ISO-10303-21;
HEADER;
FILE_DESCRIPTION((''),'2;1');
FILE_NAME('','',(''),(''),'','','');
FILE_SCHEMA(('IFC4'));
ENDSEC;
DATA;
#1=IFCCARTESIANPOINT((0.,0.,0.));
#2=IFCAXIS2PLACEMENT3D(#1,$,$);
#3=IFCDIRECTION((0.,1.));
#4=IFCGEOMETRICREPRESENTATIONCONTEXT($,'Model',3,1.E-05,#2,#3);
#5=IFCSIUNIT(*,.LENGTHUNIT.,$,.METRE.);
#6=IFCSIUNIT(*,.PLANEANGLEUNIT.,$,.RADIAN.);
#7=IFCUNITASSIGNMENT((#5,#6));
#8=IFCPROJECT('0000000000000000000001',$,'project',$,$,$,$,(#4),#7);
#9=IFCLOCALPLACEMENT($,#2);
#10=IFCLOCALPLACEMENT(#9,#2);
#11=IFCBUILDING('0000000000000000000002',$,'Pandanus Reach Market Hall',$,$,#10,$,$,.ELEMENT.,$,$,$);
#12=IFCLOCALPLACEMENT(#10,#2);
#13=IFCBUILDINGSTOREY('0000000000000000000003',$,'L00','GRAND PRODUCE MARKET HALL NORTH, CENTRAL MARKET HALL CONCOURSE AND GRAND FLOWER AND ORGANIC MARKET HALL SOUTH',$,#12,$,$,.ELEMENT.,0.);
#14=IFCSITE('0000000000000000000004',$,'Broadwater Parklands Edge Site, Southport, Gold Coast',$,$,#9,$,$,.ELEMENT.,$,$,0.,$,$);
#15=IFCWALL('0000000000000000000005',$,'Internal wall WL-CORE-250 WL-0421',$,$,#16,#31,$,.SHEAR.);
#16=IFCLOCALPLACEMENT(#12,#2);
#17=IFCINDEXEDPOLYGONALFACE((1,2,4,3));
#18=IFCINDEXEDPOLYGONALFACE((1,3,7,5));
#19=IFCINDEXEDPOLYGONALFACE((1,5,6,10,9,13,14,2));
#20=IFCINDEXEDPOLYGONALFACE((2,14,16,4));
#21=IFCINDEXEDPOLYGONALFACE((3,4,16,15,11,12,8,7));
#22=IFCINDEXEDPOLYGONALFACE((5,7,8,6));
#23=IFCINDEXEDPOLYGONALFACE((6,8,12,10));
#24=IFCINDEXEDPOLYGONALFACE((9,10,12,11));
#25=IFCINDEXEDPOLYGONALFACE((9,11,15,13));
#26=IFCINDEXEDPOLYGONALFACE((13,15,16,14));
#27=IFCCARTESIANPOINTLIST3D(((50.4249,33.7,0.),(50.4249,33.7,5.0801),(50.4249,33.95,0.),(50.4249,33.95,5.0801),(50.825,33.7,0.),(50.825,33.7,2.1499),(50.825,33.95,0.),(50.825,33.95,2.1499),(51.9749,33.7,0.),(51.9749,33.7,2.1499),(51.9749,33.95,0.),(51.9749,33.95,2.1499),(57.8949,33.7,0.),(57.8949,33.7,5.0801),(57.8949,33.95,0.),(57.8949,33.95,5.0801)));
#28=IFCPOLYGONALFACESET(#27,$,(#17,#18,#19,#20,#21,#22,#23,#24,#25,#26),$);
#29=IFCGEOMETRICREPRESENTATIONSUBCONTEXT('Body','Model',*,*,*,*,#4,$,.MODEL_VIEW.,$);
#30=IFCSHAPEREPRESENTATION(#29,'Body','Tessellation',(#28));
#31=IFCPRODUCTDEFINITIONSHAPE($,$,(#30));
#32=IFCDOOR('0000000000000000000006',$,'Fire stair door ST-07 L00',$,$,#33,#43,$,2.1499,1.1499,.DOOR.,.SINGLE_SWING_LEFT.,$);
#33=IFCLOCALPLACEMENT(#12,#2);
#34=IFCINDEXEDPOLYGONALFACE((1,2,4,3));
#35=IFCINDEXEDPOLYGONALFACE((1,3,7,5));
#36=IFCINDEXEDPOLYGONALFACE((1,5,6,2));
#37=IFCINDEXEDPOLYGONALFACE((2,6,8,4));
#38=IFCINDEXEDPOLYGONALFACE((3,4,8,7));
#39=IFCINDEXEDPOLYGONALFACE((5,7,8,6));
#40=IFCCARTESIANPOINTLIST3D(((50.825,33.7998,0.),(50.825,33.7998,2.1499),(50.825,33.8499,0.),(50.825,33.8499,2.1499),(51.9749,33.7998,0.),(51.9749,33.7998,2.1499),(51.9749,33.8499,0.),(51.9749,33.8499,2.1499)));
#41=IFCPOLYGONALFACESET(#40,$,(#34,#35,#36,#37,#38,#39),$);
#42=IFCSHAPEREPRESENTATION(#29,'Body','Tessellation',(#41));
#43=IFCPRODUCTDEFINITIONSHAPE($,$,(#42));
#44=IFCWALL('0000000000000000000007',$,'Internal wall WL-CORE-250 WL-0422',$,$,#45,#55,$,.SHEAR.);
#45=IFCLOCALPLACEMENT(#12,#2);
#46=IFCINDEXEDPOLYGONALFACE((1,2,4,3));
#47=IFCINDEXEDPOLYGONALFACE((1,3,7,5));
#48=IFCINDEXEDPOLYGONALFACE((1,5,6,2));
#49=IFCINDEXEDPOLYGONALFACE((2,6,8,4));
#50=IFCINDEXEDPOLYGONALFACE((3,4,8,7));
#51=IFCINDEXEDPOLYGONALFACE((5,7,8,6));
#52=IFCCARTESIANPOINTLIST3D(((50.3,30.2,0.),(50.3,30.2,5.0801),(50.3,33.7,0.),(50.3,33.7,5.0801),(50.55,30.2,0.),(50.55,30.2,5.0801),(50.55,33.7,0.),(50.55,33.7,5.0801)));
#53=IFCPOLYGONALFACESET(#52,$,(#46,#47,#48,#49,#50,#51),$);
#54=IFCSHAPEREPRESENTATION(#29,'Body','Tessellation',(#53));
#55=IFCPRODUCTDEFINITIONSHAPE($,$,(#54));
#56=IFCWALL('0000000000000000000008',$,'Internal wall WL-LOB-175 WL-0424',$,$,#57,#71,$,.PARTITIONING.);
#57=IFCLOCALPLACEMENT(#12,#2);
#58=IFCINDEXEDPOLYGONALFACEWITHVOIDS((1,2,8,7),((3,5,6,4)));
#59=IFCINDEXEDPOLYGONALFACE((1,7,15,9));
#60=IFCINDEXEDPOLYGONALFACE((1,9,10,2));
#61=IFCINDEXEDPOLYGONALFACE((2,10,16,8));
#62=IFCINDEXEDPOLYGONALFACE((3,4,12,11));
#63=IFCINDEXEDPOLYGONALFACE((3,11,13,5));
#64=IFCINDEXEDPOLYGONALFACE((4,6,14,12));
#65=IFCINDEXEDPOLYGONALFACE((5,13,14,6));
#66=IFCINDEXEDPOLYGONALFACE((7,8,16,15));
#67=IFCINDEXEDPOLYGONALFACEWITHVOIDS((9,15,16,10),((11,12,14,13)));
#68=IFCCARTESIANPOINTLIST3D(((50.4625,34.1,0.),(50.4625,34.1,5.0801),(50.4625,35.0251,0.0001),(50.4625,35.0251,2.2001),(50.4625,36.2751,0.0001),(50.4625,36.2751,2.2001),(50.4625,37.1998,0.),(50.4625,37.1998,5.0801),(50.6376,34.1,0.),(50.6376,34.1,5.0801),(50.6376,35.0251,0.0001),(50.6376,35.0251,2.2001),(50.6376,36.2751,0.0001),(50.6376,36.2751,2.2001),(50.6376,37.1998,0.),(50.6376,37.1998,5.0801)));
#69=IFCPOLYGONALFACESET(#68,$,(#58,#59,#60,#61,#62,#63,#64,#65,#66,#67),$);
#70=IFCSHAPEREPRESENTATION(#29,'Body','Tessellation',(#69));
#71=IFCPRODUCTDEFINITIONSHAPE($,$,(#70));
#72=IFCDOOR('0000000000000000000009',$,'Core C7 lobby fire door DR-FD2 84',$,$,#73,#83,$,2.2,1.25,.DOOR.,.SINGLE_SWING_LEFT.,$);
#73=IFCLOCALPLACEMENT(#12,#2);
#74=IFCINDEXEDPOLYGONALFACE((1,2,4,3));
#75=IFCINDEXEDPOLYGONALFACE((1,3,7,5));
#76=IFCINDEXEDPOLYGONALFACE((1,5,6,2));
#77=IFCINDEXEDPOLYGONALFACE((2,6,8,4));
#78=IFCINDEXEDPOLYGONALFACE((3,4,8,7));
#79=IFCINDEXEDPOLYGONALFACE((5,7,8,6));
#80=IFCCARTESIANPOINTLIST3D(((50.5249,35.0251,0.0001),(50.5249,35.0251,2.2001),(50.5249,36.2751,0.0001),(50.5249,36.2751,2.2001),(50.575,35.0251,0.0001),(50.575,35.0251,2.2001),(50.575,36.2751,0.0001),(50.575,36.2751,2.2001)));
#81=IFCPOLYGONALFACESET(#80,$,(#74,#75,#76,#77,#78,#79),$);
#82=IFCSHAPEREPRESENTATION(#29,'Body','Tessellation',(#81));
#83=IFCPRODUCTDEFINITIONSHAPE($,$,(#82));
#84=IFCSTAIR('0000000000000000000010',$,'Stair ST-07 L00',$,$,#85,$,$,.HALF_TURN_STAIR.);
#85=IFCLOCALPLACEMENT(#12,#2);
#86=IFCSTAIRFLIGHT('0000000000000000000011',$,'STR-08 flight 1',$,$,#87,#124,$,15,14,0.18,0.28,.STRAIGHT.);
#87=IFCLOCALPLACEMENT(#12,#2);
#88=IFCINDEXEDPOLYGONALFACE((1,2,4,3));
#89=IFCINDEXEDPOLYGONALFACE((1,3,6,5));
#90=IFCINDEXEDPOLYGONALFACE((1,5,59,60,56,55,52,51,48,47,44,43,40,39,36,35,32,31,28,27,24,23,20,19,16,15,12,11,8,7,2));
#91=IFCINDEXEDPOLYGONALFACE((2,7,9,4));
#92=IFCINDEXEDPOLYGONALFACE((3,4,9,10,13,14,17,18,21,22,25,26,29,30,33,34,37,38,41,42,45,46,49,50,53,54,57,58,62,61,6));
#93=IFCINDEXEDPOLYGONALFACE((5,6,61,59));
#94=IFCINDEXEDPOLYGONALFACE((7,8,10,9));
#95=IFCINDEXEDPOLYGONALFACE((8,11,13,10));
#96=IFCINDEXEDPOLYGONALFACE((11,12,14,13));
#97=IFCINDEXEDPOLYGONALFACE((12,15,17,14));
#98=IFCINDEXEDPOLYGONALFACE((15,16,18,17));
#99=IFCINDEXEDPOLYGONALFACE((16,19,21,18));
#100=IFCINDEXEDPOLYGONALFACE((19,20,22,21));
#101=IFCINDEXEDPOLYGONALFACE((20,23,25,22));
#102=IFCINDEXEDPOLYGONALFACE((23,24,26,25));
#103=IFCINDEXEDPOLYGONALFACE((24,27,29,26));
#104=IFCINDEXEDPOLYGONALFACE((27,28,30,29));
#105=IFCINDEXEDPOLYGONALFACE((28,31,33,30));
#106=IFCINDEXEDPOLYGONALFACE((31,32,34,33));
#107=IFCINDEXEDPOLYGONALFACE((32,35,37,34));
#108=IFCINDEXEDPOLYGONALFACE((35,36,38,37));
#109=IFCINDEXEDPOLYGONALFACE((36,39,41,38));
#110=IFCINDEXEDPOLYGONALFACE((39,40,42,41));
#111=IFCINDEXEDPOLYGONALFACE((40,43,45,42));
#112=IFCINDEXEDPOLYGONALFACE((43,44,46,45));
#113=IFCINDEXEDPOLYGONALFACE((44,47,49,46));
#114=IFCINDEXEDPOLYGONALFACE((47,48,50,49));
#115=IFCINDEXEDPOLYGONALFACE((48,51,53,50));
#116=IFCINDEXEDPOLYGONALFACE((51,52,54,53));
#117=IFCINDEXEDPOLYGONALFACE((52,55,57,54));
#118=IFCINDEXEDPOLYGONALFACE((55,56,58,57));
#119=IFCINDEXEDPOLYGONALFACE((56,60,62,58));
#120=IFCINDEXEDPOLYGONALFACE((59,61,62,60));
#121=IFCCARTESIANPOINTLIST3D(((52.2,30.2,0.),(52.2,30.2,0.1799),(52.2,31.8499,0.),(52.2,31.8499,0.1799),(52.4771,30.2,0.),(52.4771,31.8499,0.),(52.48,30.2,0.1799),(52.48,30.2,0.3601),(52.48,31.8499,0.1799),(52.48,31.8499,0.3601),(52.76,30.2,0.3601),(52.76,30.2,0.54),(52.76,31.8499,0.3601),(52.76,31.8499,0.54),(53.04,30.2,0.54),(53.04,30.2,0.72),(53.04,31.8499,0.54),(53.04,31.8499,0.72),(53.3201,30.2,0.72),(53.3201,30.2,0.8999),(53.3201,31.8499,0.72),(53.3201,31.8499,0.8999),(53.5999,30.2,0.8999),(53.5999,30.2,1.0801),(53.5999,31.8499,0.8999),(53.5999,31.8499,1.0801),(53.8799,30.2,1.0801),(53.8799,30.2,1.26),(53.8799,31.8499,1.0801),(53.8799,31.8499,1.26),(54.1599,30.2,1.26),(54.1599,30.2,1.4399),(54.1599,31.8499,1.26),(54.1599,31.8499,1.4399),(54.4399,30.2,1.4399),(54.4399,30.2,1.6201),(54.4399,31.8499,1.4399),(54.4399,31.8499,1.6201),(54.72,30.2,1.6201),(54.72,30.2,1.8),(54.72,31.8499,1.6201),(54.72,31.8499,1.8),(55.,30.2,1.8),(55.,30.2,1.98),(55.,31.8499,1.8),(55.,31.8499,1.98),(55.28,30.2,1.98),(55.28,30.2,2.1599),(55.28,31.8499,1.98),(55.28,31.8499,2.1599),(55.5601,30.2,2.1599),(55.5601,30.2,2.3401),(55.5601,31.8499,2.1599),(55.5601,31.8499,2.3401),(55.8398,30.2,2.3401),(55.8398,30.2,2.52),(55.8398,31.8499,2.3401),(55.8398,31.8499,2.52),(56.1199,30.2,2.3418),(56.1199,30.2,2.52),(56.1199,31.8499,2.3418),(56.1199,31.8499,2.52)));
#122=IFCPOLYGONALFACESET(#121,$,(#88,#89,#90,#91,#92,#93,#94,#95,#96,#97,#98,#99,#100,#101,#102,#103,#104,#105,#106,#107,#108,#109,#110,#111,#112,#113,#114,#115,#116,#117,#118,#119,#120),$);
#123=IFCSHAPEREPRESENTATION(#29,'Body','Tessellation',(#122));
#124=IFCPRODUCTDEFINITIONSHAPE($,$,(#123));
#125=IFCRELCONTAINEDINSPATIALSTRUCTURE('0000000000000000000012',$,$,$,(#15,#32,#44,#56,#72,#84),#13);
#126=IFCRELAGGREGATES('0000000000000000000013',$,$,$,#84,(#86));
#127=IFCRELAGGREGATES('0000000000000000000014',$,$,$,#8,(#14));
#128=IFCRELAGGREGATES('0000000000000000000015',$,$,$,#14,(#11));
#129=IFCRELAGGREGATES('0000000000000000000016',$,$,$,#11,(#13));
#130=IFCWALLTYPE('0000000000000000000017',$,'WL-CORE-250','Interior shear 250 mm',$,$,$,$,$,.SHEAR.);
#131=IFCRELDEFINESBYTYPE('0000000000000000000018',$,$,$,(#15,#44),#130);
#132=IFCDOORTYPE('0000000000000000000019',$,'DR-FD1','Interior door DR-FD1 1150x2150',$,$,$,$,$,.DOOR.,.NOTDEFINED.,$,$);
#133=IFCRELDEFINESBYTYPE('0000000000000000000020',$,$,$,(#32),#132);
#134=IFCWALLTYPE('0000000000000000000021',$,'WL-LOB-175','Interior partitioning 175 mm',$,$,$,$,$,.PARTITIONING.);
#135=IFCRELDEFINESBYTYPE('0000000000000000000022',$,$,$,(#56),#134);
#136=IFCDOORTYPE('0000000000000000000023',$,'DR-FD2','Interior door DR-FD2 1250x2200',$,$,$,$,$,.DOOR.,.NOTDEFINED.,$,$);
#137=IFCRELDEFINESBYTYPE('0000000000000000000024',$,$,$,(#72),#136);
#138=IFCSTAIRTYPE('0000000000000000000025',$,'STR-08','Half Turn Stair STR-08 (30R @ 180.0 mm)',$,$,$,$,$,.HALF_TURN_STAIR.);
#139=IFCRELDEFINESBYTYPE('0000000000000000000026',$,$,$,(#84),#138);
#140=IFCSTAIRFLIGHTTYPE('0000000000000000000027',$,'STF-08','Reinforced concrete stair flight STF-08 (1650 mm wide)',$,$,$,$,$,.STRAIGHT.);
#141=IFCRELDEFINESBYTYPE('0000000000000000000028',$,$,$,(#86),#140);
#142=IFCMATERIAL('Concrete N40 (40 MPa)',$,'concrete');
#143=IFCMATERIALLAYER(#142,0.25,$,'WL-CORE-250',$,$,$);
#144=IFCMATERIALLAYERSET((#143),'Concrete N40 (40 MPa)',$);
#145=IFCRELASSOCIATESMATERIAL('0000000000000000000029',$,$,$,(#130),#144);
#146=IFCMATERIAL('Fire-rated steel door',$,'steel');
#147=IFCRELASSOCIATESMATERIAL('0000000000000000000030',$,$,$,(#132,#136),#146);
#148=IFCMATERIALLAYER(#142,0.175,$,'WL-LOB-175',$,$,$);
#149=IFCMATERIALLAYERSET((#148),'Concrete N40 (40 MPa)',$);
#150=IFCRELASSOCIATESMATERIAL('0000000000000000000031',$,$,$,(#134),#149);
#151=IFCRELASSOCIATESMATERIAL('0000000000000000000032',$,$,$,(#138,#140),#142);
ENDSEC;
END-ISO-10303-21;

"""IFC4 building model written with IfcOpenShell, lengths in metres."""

from ifc_helpers import new_model, si_unit, direction, frame, frame_2d, origin, place, context, subcontext, project, spatial, polyline, rectangle, outline, extrude, material, layer, layer_set, type_object, element, fill, aggregate, save


model = new_model("IFC4")

# Units and contexts
model_context = context("Model", 3, precision=1e-05, world=origin(), true_north=direction((0.0, 1.0)))
body_context = subcontext(model_context, "Body", "Model", "MODEL_VIEW")
ifc_project = project(units=[si_unit("LENGTHUNIT", "METRE"), si_unit("PLANEANGLEUNIT", "RADIAN")], contexts=[model_context])

# Site, building, storey
site_placement = place(None, origin())
site = spatial("IfcSite", under=ifc_project, at=site_placement, Name="Broadwater Parklands Edge Site, Southport, Gold Coast", CompositionType="ELEMENT", RefElevation=0.0)
building_placement = place(site_placement, origin())
building = spatial("IfcBuilding", under=site, at=building_placement, Name="Pandanus Reach Market Hall", CompositionType="ELEMENT")
storey_placement = place(building_placement, origin())
storey = spatial("IfcBuildingStorey", under=building, at=storey_placement, Name="L00", Description="GRAND PRODUCE MARKET HALL NORTH, CENTRAL MARKET HALL CONCOURSE AND GRAND FLOWER AND ORGANIC MARKET HALL SOUTH", CompositionType="ELEMENT", Elevation=0.0)

# Shared definitions
ifc_material_1 = material(Name="Concrete N40 (40 MPa)", Category="concrete")

# Shared definitions
ifc_layer_1 = layer(ifc_material_1, 0.25, Name="WL-CORE-250")
ifc_layer_set_1 = layer_set([ifc_layer_1], Name="Concrete N40 (40 MPa)")
wall_type_1 = type_object("IfcWallType", Name="WL-CORE-250", Description="Interior shear 250 mm", PredefinedType="SHEAR", material=ifc_layer_set_1)

# Wall, opening, door
wall_1_placement = place(storey_placement, frame((50.425, 33.825, 0.0), z_axis=(0.0, 0.0, 1.0), x_axis=(1.0, 0.0, 0.0)))
wall_1 = element("IfcWall", 1, at=wall_1_placement, inside=storey, type_object=wall_type_1, Name="Internal wall WL-CORE-250 WL-0421", PredefinedType="SHEAR", context=body_context, shape_type="SweptSolid", body=[
    extrude(rectangle(XDim=7.47, YDim=0.25, at=frame_2d((3.7349, 0.0))), origin(), (0.0, 0.0, 1.0), 5.0801),
])
opening_1_placement = place(wall_1_placement, frame((0.3999, 0.0, 0.0)))
opening_1 = element("IfcOpeningElement", 2, at=opening_1_placement, cuts=wall_1, PredefinedType="OPENING", context=body_context, shape_type="SweptSolid", body=[
    extrude(rectangle(XDim=1.1499, YDim=2.1499, at=frame_2d((0.575, 1.075))), frame((0.0, 0.1399, 0.0), z_axis=(0.0, -1.0, 0.0), x_axis=(1.0, 0.0, 0.0)), (0.0, 0.0, 1.0), 0.28),
])
ifc_material_2 = material(Name="Fire-rated steel door", Category="steel")
door_type_1 = type_object("IfcDoorType", Name="DR-FD1", Description="Interior door DR-FD1 1150x2150", OperationType="NOTDEFINED", PredefinedType="DOOR", material=ifc_material_2)
door_1_placement = place(opening_1_placement, origin())
door_1 = element("IfcDoor", 3, at=door_1_placement, inside=storey, type_object=door_type_1, Name="Fire stair door ST-07 L00", OperationType="SINGLE_SWING_LEFT", OverallHeight=2.1499, OverallWidth=1.1499, PredefinedType="DOOR", context=body_context, shape_type="SweptSolid", body=[
    extrude(rectangle(XDim=1.1499, YDim=2.1499, at=frame_2d((0.575, 1.075))), frame((0.0, 0.0249, 0.0), z_axis=(0.0, -1.0, 0.0), x_axis=(1.0, 0.0, 0.0)), (0.0, 0.0, 1.0), 0.05),
])
fill(opening_1, door_1)

# Wall
wall_2_placement = place(storey_placement, frame((50.425, 30.2, 0.0), z_axis=(0.0, 0.0, 1.0), x_axis=(0.0, 1.0, 0.0)))
element("IfcWall", 4, at=wall_2_placement, inside=storey, type_object=wall_type_1, Name="Internal wall WL-CORE-250 WL-0422", PredefinedType="SHEAR", context=body_context, shape_type="SweptSolid", body=[
    extrude(rectangle(XDim=3.5, YDim=0.25, at=frame_2d((1.75, 0.0))), origin(), (0.0, 0.0, 1.0), 5.0801),
])

# Wall, opening, door
ifc_layer_2 = layer(ifc_material_1, 0.175, Name="WL-LOB-175")
ifc_layer_set_2 = layer_set([ifc_layer_2], Name="Concrete N40 (40 MPa)")
wall_type_2 = type_object("IfcWallType", Name="WL-LOB-175", Description="Interior partitioning 175 mm", PredefinedType="PARTITIONING", material=ifc_layer_set_2)
wall_3_placement = place(storey_placement, frame((50.55, 34.1001, 0.0), z_axis=(0.0, 0.0, 1.0), x_axis=(0.0, 1.0, 0.0)))
wall_3 = element("IfcWall", 5, at=wall_3_placement, inside=storey, type_object=wall_type_2, Name="Internal wall WL-LOB-175 WL-0424", PredefinedType="PARTITIONING", context=body_context, shape_type="SweptSolid", body=[
    extrude(rectangle(XDim=3.0999, YDim=0.175, at=frame_2d((1.5498, 0.0))), origin(), (0.0, 0.0, 1.0), 5.0801),
])
opening_2_placement = place(wall_3_placement, frame((0.925, 0.0, 0.0)))
opening_2 = element("IfcOpeningElement", 6, at=opening_2_placement, cuts=wall_3, PredefinedType="OPENING", context=body_context, shape_type="SweptSolid", body=[
    extrude(rectangle(XDim=1.25, YDim=2.2, at=frame_2d((0.625, 1.1001))), frame((0.0, 0.1025, 0.0), z_axis=(0.0, -1.0, 0.0), x_axis=(1.0, 0.0, 0.0)), (0.0, 0.0, 1.0), 0.2051),
])
door_type_2 = type_object("IfcDoorType", Name="DR-FD2", Description="Interior door DR-FD2 1250x2200", OperationType="NOTDEFINED", PredefinedType="DOOR", material=ifc_material_2)
door_2_placement = place(opening_2_placement, frame((1.25, 0.0, 0.0), z_axis=(0.0, 0.0, 1.0), x_axis=(-1.0, 0.0, 0.0)))
door_2 = element("IfcDoor", 7, at=door_2_placement, inside=storey, type_object=door_type_2, Name="Core C7 lobby fire door DR-FD2 84", OperationType="SINGLE_SWING_LEFT", OverallHeight=2.2, OverallWidth=1.25, PredefinedType="DOOR", context=body_context, shape_type="SweptSolid", body=[
    extrude(rectangle(XDim=1.25, YDim=2.2, at=frame_2d((0.625, 1.1001))), frame((0.0, 0.0249, 0.0), z_axis=(0.0, -1.0, 0.0), x_axis=(1.0, 0.0, 0.0)), (0.0, 0.0, 1.0), 0.05),
])
fill(opening_2, door_2)

# Stair, stair flight
stair_type = type_object("IfcStairType", Name="STR-08", Description="Half Turn Stair STR-08 (30R @ 180.0 mm)", PredefinedType="HALF_TURN_STAIR", material=ifc_material_1)
stair_placement = place(storey_placement, origin())
stair = element("IfcStair", 8, at=stair_placement, inside=storey, type_object=stair_type, Name="Stair ST-07 L00", PredefinedType="HALF_TURN_STAIR")
stair_flight_type = type_object("IfcStairFlightType", Name="STF-08", Description="Reinforced concrete stair flight STF-08 (1650 mm wide)", PredefinedType="STRAIGHT", material=ifc_material_1)
stair_flight_placement = place(storey_placement, frame((52.2, 31.0249, 0.0), z_axis=(0.0, 0.0, 1.0), x_axis=(1.0, 0.0, 0.0)))
stair_flight = element("IfcStairFlight", 9, at=stair_flight_placement, type_object=stair_flight_type, Name="STR-08 flight 1", NumberOfRisers=15, NumberOfTreads=14, PredefinedType="STRAIGHT", RiserHeight=0.18, TreadLength=0.28, context=body_context, shape_type="SweptSolid", body=[
    extrude(outline(polyline([(0.0, 0.0), (0.0, 0.1799), (0.28, 0.1799), (0.28, 0.3601), (0.5601, 0.3601), (0.5601, 0.54), (0.8401, 0.54), (0.8401, 0.72), (1.1201, 0.72), (1.1201, 0.8999), (1.3999, 0.8999), (1.3999, 1.0801), (1.6799, 1.0801), (1.6799, 1.26), (1.96, 1.26), (1.96, 1.4399), (2.24, 1.4399), (2.24, 1.6201), (2.52, 1.6201), (2.52, 1.8), (2.8, 1.8), (2.8, 1.98), (3.0801, 1.98), (3.0801, 2.1599), (3.3601, 2.1599), (3.3601, 2.3401), (3.6399, 2.3401), (3.6399, 2.52), (3.9199, 2.52), (3.9199, 2.7), (3.9199, 2.3418), (0.2771, 0.0), (0.0, 0.0)])), frame((0.0, 0.825, 0.0), z_axis=(0.0, -1.0, 0.0), x_axis=(1.0, 0.0, 0.0)), (0.0, 0.0, 1.0), 1.6499),
])
aggregate(stair, [stair_flight])

save(model, "model.ifc")
